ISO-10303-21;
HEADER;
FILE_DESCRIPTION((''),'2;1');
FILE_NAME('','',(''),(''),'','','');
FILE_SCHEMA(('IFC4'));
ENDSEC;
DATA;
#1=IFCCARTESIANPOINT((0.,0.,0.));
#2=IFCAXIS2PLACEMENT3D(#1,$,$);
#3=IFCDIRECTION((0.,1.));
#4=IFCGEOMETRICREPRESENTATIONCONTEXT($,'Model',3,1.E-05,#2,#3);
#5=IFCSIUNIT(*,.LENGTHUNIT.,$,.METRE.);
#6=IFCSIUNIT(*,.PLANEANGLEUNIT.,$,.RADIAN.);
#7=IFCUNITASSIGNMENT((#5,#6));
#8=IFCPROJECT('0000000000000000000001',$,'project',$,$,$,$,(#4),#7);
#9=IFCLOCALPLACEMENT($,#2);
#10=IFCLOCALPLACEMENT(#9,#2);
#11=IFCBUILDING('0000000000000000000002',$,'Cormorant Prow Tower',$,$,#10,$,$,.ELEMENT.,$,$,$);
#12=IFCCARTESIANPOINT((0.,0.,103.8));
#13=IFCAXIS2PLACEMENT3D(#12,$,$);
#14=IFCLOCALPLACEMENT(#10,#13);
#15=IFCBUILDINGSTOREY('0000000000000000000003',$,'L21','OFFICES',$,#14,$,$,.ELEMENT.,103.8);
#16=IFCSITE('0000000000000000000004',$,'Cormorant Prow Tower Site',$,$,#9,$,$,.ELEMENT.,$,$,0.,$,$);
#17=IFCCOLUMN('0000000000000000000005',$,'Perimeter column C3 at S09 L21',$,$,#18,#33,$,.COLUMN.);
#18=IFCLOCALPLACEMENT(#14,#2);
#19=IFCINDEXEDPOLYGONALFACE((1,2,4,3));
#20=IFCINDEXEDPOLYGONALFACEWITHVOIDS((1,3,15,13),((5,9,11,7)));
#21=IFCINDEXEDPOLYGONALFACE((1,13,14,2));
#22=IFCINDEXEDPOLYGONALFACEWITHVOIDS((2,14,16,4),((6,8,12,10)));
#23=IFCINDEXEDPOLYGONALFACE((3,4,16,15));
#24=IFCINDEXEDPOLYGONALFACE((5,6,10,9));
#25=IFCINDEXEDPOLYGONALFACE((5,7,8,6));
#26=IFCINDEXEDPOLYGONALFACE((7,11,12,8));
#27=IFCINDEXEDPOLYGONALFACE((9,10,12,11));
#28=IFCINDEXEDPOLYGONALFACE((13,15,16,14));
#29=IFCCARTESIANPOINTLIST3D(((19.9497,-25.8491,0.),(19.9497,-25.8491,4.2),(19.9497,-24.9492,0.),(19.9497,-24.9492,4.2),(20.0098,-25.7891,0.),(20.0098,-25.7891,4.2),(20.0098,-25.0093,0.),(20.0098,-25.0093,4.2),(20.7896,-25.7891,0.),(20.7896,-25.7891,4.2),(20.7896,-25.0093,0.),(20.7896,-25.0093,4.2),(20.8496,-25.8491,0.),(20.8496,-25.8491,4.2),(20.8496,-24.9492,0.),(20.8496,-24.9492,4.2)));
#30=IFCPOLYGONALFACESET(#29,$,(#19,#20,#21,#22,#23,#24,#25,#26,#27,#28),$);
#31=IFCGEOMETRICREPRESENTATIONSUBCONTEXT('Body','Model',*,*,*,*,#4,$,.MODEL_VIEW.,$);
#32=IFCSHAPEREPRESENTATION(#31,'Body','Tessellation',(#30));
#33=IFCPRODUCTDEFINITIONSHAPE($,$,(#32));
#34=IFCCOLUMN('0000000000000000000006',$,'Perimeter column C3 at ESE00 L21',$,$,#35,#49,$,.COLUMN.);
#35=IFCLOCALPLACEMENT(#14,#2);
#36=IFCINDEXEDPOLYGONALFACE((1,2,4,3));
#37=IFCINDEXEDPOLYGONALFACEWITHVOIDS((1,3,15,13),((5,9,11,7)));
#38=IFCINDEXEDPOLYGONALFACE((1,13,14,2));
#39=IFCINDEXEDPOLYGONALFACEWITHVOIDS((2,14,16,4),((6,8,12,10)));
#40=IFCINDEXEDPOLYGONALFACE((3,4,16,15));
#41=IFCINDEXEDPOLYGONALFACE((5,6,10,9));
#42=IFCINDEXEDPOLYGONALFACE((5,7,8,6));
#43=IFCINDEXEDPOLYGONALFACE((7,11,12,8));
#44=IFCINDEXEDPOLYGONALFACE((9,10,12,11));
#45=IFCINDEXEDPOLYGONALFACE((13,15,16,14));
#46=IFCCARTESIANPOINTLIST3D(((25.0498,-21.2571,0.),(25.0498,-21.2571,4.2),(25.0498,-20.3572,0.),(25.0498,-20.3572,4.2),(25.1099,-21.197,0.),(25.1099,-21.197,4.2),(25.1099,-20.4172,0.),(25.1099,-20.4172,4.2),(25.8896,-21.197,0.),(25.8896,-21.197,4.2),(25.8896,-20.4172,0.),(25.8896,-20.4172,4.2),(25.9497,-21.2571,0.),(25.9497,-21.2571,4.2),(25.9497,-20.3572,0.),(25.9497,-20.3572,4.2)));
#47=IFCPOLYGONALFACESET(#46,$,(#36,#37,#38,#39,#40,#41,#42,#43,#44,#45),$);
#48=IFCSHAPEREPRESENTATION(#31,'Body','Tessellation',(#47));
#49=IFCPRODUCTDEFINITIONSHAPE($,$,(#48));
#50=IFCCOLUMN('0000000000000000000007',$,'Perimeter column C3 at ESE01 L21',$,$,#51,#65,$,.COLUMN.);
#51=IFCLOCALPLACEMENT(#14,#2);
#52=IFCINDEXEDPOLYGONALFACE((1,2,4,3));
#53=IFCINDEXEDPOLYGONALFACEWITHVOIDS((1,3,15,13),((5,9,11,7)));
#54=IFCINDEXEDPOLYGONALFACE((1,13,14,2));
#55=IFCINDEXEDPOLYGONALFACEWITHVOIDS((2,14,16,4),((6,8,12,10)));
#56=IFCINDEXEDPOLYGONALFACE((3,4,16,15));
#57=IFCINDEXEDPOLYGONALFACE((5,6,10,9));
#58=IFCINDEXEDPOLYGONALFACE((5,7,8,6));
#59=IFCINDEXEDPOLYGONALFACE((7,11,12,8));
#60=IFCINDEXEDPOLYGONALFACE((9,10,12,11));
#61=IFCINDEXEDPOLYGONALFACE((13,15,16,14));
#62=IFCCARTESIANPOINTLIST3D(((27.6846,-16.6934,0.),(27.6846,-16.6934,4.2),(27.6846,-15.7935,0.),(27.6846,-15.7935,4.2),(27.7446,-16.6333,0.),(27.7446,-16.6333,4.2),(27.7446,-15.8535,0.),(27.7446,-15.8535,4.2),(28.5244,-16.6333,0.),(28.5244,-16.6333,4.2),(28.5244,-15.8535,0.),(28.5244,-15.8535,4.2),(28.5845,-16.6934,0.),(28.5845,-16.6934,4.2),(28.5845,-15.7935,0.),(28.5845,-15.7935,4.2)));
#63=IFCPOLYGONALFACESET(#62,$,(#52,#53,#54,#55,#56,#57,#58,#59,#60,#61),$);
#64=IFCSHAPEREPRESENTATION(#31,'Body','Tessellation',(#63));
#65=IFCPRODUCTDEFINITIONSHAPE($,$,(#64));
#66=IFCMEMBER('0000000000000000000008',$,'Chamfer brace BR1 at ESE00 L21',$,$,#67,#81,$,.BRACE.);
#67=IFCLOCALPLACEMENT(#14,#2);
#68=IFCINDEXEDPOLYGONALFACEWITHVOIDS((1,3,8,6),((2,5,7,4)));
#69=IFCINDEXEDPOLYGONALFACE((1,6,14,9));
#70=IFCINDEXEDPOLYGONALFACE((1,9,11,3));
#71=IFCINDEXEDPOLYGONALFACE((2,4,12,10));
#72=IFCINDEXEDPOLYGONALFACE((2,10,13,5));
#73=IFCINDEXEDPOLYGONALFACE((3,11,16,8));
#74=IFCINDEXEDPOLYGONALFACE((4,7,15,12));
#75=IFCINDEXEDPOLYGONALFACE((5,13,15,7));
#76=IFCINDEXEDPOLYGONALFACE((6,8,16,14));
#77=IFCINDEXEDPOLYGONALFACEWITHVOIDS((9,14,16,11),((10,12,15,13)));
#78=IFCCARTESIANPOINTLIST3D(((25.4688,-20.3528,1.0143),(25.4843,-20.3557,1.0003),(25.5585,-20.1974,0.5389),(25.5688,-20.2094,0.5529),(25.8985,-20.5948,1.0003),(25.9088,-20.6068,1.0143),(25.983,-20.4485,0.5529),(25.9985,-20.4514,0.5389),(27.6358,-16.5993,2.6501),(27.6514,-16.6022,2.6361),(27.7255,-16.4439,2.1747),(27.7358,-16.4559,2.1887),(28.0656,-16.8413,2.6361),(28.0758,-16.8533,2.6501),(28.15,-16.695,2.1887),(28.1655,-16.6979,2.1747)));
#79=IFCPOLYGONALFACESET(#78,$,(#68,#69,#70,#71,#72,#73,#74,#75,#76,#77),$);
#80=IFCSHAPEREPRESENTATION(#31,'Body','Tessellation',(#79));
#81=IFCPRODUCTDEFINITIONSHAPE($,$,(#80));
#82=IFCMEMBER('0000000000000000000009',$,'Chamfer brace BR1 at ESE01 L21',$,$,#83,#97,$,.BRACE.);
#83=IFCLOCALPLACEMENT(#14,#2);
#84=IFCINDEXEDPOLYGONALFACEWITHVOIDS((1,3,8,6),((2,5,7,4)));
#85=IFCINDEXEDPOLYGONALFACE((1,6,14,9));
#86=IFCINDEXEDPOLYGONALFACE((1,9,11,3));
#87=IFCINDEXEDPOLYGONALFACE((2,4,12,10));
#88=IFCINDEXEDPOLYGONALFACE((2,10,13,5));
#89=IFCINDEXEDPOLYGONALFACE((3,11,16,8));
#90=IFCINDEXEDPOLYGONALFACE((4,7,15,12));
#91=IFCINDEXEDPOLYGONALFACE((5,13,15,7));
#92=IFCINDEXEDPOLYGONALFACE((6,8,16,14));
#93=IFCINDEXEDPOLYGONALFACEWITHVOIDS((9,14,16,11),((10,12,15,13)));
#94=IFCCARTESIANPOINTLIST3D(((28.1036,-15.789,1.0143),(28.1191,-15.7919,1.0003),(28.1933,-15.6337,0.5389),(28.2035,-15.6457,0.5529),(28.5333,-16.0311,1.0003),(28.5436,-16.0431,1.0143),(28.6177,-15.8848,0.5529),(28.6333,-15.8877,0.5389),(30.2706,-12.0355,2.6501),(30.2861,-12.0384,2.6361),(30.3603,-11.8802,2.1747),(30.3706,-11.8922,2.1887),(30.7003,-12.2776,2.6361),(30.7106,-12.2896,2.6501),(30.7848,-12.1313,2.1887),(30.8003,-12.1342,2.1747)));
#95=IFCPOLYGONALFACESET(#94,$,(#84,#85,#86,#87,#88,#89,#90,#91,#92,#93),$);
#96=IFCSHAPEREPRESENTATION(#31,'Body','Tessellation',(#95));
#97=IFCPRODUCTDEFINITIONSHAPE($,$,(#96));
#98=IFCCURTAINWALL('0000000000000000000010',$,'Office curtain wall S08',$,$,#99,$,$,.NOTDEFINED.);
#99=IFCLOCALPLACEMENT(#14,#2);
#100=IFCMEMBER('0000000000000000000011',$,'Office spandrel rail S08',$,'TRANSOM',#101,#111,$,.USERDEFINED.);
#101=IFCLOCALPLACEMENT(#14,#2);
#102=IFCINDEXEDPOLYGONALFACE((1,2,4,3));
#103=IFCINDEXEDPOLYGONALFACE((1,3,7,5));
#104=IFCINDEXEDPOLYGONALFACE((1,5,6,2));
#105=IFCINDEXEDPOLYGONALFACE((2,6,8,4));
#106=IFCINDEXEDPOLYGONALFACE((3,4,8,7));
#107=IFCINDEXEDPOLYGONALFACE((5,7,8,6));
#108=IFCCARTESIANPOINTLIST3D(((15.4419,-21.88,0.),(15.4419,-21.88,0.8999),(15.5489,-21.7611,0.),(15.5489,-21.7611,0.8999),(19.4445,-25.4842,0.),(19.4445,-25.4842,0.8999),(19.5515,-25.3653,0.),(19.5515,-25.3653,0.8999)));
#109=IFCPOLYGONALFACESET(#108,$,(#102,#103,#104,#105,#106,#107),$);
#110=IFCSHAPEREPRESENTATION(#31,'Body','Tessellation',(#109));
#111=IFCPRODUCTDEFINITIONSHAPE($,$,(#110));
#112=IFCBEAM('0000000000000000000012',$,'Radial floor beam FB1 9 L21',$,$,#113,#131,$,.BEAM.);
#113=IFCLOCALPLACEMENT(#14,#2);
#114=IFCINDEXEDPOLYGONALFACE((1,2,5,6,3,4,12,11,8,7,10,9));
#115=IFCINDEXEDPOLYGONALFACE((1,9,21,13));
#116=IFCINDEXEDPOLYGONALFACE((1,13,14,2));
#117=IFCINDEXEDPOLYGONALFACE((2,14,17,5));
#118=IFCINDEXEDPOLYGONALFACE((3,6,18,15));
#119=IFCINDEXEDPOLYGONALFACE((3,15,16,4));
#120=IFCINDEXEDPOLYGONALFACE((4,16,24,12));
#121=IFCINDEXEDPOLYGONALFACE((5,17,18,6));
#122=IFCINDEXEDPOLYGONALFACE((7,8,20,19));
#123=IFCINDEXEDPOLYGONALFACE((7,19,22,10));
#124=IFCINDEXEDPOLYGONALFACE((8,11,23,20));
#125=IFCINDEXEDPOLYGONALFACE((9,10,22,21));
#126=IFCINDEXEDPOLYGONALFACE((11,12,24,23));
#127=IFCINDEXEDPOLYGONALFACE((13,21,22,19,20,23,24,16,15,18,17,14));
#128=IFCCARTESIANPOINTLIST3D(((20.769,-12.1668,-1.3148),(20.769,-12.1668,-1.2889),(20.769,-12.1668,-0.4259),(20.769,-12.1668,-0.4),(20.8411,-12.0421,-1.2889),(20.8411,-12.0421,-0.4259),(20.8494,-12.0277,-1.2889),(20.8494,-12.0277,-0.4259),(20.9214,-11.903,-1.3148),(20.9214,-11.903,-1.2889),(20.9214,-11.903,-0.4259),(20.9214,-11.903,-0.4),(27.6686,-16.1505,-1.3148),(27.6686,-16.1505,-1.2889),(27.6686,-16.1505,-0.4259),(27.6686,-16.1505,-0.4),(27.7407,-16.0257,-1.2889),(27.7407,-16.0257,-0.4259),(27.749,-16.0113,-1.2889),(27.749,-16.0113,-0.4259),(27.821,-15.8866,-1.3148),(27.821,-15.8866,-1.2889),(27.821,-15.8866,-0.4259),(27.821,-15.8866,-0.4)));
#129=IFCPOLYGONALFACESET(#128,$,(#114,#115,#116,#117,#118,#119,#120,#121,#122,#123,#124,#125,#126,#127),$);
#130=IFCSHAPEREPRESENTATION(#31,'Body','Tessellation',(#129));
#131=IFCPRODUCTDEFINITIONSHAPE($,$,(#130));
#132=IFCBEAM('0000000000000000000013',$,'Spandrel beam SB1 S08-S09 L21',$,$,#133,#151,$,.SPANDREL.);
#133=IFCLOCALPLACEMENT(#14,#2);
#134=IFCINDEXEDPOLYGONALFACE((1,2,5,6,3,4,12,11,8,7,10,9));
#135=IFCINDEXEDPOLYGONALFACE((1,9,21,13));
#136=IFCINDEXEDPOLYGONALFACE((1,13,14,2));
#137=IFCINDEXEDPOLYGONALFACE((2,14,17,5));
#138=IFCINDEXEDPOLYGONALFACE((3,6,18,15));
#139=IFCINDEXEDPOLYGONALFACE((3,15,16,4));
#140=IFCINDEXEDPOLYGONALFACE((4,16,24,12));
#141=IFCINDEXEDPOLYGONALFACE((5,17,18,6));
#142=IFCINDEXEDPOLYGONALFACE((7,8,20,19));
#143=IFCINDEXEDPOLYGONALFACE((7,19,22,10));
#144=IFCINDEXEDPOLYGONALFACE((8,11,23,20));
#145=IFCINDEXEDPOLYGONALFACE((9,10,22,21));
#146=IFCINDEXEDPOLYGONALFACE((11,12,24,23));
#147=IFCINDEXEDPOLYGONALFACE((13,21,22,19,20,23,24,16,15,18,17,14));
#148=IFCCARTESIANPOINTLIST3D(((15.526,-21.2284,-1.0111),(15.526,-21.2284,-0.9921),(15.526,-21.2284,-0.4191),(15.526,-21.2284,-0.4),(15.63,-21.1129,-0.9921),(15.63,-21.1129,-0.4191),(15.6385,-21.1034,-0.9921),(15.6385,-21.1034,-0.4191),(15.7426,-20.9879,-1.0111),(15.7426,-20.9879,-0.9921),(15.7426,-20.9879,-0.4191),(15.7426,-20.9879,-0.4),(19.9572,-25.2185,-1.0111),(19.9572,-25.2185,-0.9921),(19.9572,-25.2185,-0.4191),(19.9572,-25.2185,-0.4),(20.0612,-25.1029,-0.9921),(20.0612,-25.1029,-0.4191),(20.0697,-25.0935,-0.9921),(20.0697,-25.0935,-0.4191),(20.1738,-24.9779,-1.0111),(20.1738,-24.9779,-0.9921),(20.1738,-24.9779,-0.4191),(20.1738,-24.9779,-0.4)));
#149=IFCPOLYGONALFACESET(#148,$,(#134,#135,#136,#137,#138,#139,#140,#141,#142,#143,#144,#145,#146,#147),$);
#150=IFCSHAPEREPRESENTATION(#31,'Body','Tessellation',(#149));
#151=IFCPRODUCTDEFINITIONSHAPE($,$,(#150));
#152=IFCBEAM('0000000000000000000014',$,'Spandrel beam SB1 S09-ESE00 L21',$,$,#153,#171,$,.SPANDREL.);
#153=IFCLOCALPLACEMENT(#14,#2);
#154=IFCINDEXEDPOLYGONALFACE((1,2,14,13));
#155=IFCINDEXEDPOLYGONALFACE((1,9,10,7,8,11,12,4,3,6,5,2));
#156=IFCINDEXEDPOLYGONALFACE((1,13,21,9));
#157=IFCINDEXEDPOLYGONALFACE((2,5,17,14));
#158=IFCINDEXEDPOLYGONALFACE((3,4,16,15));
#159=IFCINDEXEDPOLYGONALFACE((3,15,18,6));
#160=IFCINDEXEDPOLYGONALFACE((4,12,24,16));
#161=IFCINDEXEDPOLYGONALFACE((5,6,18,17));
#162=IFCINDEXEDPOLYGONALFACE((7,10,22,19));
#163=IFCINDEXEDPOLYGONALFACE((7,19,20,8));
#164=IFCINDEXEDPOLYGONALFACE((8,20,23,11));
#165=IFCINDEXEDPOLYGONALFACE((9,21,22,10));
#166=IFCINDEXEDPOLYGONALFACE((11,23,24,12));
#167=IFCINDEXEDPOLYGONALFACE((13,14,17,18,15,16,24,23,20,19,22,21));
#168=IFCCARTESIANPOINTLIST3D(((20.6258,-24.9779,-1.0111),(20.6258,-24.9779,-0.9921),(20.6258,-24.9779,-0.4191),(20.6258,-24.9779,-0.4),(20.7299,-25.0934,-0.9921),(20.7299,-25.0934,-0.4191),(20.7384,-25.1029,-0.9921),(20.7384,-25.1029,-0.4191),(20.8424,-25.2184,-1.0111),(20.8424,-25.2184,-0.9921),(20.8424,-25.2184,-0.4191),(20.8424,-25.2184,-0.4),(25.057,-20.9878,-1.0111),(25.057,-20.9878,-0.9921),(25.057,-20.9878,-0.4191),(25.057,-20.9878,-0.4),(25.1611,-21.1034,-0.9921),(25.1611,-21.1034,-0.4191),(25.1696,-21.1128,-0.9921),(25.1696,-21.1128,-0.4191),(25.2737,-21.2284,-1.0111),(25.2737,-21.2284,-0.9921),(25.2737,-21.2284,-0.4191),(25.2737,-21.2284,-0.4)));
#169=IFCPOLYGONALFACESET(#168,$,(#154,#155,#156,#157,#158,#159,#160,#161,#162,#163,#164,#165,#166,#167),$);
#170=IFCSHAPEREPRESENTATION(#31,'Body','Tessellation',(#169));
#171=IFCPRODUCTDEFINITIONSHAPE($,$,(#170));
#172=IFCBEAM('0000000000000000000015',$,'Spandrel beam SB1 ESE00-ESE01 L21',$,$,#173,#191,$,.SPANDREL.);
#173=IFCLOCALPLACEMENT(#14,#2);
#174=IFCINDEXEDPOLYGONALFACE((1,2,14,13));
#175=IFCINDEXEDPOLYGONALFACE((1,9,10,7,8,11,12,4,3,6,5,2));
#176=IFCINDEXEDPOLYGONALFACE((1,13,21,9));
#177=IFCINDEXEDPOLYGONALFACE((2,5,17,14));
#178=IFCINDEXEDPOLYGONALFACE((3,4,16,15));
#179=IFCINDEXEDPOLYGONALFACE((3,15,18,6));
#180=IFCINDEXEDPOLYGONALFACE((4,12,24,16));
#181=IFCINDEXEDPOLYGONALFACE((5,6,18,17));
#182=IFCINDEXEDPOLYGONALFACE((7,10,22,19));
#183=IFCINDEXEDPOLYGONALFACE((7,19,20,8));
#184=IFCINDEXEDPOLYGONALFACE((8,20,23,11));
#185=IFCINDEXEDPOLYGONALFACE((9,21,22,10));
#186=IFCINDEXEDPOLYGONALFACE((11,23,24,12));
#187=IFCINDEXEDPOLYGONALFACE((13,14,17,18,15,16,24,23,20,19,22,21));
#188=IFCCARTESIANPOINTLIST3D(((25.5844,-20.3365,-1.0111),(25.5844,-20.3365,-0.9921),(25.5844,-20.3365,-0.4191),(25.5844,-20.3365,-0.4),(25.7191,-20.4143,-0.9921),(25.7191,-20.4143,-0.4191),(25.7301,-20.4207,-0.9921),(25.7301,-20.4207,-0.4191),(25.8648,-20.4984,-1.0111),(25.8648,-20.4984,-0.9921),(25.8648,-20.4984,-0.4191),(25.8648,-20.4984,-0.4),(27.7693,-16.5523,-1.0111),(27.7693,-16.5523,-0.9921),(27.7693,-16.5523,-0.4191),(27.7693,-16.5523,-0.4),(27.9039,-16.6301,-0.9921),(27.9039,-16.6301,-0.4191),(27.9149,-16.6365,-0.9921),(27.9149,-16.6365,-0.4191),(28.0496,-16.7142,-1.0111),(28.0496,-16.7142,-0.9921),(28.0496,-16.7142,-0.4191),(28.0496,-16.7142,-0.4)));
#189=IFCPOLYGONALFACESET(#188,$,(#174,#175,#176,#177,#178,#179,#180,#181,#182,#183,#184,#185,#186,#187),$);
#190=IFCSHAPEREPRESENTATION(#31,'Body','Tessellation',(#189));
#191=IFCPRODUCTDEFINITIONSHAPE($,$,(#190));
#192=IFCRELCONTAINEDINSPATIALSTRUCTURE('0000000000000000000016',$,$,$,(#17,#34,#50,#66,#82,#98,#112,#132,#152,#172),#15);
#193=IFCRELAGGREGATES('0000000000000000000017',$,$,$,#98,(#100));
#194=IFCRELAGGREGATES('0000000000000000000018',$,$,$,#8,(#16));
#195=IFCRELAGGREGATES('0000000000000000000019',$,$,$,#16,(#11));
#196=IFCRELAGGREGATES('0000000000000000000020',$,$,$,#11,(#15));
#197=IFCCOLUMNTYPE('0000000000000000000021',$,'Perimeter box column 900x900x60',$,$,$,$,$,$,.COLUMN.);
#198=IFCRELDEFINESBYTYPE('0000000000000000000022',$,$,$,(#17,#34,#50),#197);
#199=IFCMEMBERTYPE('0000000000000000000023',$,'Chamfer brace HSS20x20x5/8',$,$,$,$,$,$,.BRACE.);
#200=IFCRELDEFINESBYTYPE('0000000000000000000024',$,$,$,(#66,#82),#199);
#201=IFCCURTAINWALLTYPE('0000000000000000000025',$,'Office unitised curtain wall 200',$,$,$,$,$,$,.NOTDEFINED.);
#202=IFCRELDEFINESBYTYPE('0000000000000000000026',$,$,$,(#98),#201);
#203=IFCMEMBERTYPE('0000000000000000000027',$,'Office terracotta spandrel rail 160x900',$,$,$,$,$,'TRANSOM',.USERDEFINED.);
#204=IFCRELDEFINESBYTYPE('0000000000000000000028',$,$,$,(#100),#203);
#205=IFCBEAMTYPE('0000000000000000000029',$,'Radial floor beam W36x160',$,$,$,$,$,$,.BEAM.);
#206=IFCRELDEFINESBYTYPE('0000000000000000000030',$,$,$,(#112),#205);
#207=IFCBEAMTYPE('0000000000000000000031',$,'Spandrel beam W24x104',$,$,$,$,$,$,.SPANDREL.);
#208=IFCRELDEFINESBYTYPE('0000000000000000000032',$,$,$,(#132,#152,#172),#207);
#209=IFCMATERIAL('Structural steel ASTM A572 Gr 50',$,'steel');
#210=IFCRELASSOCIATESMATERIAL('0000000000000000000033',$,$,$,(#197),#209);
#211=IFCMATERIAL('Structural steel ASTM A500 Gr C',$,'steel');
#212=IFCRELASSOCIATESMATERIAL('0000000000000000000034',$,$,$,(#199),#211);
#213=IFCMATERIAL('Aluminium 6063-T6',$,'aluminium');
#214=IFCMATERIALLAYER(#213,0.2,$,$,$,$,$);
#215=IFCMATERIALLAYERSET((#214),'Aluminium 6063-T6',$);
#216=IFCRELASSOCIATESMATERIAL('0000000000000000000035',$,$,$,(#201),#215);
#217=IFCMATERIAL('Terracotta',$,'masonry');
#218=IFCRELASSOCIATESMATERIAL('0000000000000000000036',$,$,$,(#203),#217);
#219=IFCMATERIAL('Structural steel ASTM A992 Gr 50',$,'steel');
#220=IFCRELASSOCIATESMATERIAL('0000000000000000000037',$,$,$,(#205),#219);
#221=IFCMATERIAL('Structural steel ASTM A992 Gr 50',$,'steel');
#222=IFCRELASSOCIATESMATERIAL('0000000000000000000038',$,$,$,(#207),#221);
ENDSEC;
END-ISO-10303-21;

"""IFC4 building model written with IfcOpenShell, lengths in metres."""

from ifc_helpers import new_model, si_unit, direction, frame, origin, origin_2d, place, context, subcontext, project, spatial, rectangle, hollow_rectangle, i_section, extrude, material, layer, layer_set, material_profile, profile_set, type_object, element, aggregate, save


model = new_model("IFC4")

# Units and contexts
model_context = context("Model", 3, precision=1e-05, world=origin(), true_north=direction((0.0, 1.0)))
body_context = subcontext(model_context, "Body", "Model", "MODEL_VIEW")
ifc_project = project(units=[si_unit("LENGTHUNIT", "METRE"), si_unit("PLANEANGLEUNIT", "RADIAN")], contexts=[model_context])

# Site, building, storey
site_placement = place(None, origin())
site = spatial("IfcSite", under=ifc_project, at=site_placement, Name="Cormorant Prow Tower Site", CompositionType="ELEMENT", RefElevation=0.0)
building_placement = place(site_placement, origin())
building = spatial("IfcBuilding", under=site, at=building_placement, Name="Cormorant Prow Tower", CompositionType="ELEMENT")
storey_placement = place(building_placement, frame((0.0, 0.0, 103.8)))
storey = spatial("IfcBuildingStorey", under=building, at=storey_placement, Name="L21", Description="OFFICES", CompositionType="ELEMENT", Elevation=103.8)

# Columns
ifc_material_1 = material(Name="Structural steel ASTM A572 Gr 50", Category="steel")
ifc_material_profile_1 = material_profile(ifc_material_1, hollow_rectangle(XDim=0.8999, YDim=0.8999, WallThickness=0.0601, at=origin_2d()), Name="Box 900x900x60")
ifc_profile_set_1 = profile_set([ifc_material_profile_1], Name="Structural steel ASTM A572 Gr 50")
column_type = type_object("IfcColumnType", Name="Perimeter box column 900x900x60", PredefinedType="COLUMN", material=ifc_profile_set_1)
for number, where, z_axis, x_axis, name in (
    (1, (20.3997, -25.3992, 0.0), (0.0, 0.0, 1.0), (1.0, 0.0, 0.0), "Perimeter column C3 at S09 L21"),
    (2, (25.4998, -20.8071, 0.0), (0.0, 0.0, 1.0), (1.0, 0.0, 0.0), "Perimeter column C3 at ESE00 L21"),
    (3, (28.1345, -16.2434, 0.0), (0.0, 0.0, 1.0), (1.0, 0.0, 0.0), "Perimeter column C3 at ESE01 L21"),
):
    element("IfcColumn", number, at=place(storey_placement, frame(where, z_axis=z_axis, x_axis=x_axis)), inside=storey, type_object=column_type, Name=name, PredefinedType="COLUMN", context=body_context, shape_type="SweptSolid", body=[
        extrude(hollow_rectangle(XDim=0.8999, YDim=0.8999, WallThickness=0.0601, at=origin_2d()), origin(), (0.0, 0.0, 1.0), 4.2),
    ])

# Members
ifc_material_2 = material(Name="Structural steel ASTM A500 Gr C", Category="steel")
ifc_material_profile_2 = material_profile(ifc_material_2, hollow_rectangle(XDim=0.5081, YDim=0.5081, WallThickness=0.0149, at=origin_2d()), Name="HSS20x20x5/8")
ifc_profile_set_2 = profile_set([ifc_material_profile_2], Name="Structural steel ASTM A500 Gr C")
member_type_1 = type_object("IfcMemberType", Name="Chamfer brace HSS20x20x5/8", PredefinedType="BRACE", material=ifc_profile_set_2)
for number, where, z_axis, x_axis, name in (
    (4, (25.7336, -20.4021, 0.7766), (0.467785, 0.810244, 0.353105), (-0.86603, 0.499992, 0.0), "Chamfer brace BR1 at ESE00 L21"),
    (5, (28.3684, -15.8384, 0.7766), (0.467785, 0.810244, 0.353105), (-0.86603, 0.499992, 0.0), "Chamfer brace BR1 at ESE01 L21"),
):
    element("IfcMember", number, at=place(storey_placement, frame(where, z_axis=z_axis, x_axis=x_axis)), inside=storey, type_object=member_type_1, Name=name, PredefinedType="BRACE", context=body_context, shape_type="SweptSolid", body=[
        extrude(hollow_rectangle(XDim=0.5081, YDim=0.5081, WallThickness=0.0149, at=origin_2d()), origin(), (0.0, 0.0, 1.0), 4.6326),
    ])

# Curtain wall, member
ifc_material_3 = material(Name="Aluminium 6063-T6", Category="aluminium")
ifc_layer_1 = layer(ifc_material_3, 0.2)
ifc_layer_set_1 = layer_set([ifc_layer_1], Name="Aluminium 6063-T6")
curtain_wall_type = type_object("IfcCurtainWallType", Name="Office unitised curtain wall 200", PredefinedType="NOTDEFINED", material=ifc_layer_set_1)
curtain_wall_placement = place(storey_placement, origin())
curtain_wall = element("IfcCurtainWall", 6, at=curtain_wall_placement, inside=storey, type_object=curtain_wall_type, Name="Office curtain wall S08", PredefinedType="NOTDEFINED")
ifc_material_4 = material(Name="Terracotta", Category="masonry")
ifc_material_profile_3 = material_profile(ifc_material_4, rectangle(XDim=0.1599, YDim=0.8999, at=origin_2d()), Name="Office terracotta spandrel rail 160x900")
ifc_profile_set_3 = profile_set([ifc_material_profile_3], Name="Terracotta")
member_type_2 = type_object("IfcMemberType", Name="Office terracotta spandrel rail 160x900", ElementType="TRANSOM", PredefinedType="USERDEFINED", material=ifc_profile_set_3)
member_placement = place(storey_placement, frame((15.4954, -21.8206, 0.45), z_axis=(0.743125, -0.669153, 0.0), x_axis=(0.669153, 0.743125, 0.0)))
member = element("IfcMember", 7, at=member_placement, type_object=member_type_2, Name="Office spandrel rail S08", ObjectType="TRANSOM", PredefinedType="USERDEFINED", context=body_context, shape_type="SweptSolid", body=[
    extrude(rectangle(XDim=0.1599, YDim=0.8999, at=origin_2d()), origin(), (0.0, 0.0, 1.0), 5.3862),
])

# Beams
ifc_material_5 = material(Name="Structural steel ASTM A992 Gr 50", Category="steel")
ifc_material_profile_4 = material_profile(ifc_material_5, i_section(OverallWidth=0.3047, OverallDepth=0.9148, WebThickness=0.0166, FlangeThickness=0.0259, at=origin_2d()), Name="W36x160")
ifc_profile_set_4 = profile_set([ifc_material_profile_4], Name="Structural steel ASTM A992 Gr 50")
beam_type_1 = type_object("IfcBeamType", Name="Radial floor beam W36x160", PredefinedType="BEAM", material=ifc_profile_set_4)
beam_placement = place(storey_placement, frame((20.8452, -12.0349, -0.8574), z_axis=(0.866019, -0.500012, 0.0), x_axis=(0.500012, 0.866019, 0.0)))
element("IfcBeam", 8, at=beam_placement, inside=storey, type_object=beam_type_1, Name="Radial floor beam FB1 9 L21", PredefinedType="BEAM", context=body_context, shape_type="SweptSolid", body=[
    extrude(i_section(OverallWidth=0.3047, OverallDepth=0.9148, WebThickness=0.0166, FlangeThickness=0.0259, at=origin_2d()), origin(), (0.0, 0.0, 1.0), 7.967),
])
ifc_material_6 = material(Name="Structural steel ASTM A992 Gr 50", Category="steel")
ifc_material_profile_5 = material_profile(ifc_material_6, i_section(OverallWidth=0.3237, OverallDepth=0.6111, WebThickness=0.0127, FlangeThickness=0.019, at=origin_2d()), Name="W24x104")
ifc_profile_set_5 = profile_set([ifc_material_profile_5], Name="Structural steel ASTM A992 Gr 50")
beam_type_2 = type_object("IfcBeamType", Name="Spandrel beam W24x104", PredefinedType="SPANDREL", material=ifc_profile_set_5)
for number, where, z_axis, x_axis, name in (
    (9, (15.6343, -21.1082, -0.7056), (0.743131, -0.669146, 0.0), (0.669146, 0.743131, 0.0), "Spandrel beam SB1 S08-S09 L21"),
    (10, (20.7341, -25.0981, -0.7056), (0.743131, 0.669146, 0.0), (-0.669146, 0.743131, 0.0), "Spandrel beam SB1 S09-ESE00 L21"),
):
    element("IfcBeam", number, at=place(storey_placement, frame(where, z_axis=z_axis, x_axis=x_axis)), inside=storey, type_object=beam_type_2, Name=name, PredefinedType="SPANDREL", context=body_context, shape_type="SweptSolid", body=[
        extrude(i_section(OverallWidth=0.3237, OverallDepth=0.6111, WebThickness=0.0127, FlangeThickness=0.019, at=origin_2d()), origin(), (0.0, 0.0, 1.0), 5.9629),
    ])
for number, where, z_axis, x_axis, name in (
    (11, (25.7246, -20.4175, -0.7056), (0.500003, 0.866024, 0.0), (-0.866024, 0.500003, 0.0), "Spandrel beam SB1 ESE00-ESE01 L21"),
):
    element("IfcBeam", number, at=place(storey_placement, frame(where, z_axis=z_axis, x_axis=x_axis)), inside=storey, type_object=beam_type_2, Name=name, PredefinedType="SPANDREL", context=body_context, shape_type="SweptSolid", body=[
        extrude(i_section(OverallWidth=0.3237, OverallDepth=0.6111, WebThickness=0.0127, FlangeThickness=0.019, at=origin_2d()), origin(), (0.0, 0.0, 1.0), 4.3696),
    ])

aggregate(curtain_wall, [member])

save(model, "model.ifc")
